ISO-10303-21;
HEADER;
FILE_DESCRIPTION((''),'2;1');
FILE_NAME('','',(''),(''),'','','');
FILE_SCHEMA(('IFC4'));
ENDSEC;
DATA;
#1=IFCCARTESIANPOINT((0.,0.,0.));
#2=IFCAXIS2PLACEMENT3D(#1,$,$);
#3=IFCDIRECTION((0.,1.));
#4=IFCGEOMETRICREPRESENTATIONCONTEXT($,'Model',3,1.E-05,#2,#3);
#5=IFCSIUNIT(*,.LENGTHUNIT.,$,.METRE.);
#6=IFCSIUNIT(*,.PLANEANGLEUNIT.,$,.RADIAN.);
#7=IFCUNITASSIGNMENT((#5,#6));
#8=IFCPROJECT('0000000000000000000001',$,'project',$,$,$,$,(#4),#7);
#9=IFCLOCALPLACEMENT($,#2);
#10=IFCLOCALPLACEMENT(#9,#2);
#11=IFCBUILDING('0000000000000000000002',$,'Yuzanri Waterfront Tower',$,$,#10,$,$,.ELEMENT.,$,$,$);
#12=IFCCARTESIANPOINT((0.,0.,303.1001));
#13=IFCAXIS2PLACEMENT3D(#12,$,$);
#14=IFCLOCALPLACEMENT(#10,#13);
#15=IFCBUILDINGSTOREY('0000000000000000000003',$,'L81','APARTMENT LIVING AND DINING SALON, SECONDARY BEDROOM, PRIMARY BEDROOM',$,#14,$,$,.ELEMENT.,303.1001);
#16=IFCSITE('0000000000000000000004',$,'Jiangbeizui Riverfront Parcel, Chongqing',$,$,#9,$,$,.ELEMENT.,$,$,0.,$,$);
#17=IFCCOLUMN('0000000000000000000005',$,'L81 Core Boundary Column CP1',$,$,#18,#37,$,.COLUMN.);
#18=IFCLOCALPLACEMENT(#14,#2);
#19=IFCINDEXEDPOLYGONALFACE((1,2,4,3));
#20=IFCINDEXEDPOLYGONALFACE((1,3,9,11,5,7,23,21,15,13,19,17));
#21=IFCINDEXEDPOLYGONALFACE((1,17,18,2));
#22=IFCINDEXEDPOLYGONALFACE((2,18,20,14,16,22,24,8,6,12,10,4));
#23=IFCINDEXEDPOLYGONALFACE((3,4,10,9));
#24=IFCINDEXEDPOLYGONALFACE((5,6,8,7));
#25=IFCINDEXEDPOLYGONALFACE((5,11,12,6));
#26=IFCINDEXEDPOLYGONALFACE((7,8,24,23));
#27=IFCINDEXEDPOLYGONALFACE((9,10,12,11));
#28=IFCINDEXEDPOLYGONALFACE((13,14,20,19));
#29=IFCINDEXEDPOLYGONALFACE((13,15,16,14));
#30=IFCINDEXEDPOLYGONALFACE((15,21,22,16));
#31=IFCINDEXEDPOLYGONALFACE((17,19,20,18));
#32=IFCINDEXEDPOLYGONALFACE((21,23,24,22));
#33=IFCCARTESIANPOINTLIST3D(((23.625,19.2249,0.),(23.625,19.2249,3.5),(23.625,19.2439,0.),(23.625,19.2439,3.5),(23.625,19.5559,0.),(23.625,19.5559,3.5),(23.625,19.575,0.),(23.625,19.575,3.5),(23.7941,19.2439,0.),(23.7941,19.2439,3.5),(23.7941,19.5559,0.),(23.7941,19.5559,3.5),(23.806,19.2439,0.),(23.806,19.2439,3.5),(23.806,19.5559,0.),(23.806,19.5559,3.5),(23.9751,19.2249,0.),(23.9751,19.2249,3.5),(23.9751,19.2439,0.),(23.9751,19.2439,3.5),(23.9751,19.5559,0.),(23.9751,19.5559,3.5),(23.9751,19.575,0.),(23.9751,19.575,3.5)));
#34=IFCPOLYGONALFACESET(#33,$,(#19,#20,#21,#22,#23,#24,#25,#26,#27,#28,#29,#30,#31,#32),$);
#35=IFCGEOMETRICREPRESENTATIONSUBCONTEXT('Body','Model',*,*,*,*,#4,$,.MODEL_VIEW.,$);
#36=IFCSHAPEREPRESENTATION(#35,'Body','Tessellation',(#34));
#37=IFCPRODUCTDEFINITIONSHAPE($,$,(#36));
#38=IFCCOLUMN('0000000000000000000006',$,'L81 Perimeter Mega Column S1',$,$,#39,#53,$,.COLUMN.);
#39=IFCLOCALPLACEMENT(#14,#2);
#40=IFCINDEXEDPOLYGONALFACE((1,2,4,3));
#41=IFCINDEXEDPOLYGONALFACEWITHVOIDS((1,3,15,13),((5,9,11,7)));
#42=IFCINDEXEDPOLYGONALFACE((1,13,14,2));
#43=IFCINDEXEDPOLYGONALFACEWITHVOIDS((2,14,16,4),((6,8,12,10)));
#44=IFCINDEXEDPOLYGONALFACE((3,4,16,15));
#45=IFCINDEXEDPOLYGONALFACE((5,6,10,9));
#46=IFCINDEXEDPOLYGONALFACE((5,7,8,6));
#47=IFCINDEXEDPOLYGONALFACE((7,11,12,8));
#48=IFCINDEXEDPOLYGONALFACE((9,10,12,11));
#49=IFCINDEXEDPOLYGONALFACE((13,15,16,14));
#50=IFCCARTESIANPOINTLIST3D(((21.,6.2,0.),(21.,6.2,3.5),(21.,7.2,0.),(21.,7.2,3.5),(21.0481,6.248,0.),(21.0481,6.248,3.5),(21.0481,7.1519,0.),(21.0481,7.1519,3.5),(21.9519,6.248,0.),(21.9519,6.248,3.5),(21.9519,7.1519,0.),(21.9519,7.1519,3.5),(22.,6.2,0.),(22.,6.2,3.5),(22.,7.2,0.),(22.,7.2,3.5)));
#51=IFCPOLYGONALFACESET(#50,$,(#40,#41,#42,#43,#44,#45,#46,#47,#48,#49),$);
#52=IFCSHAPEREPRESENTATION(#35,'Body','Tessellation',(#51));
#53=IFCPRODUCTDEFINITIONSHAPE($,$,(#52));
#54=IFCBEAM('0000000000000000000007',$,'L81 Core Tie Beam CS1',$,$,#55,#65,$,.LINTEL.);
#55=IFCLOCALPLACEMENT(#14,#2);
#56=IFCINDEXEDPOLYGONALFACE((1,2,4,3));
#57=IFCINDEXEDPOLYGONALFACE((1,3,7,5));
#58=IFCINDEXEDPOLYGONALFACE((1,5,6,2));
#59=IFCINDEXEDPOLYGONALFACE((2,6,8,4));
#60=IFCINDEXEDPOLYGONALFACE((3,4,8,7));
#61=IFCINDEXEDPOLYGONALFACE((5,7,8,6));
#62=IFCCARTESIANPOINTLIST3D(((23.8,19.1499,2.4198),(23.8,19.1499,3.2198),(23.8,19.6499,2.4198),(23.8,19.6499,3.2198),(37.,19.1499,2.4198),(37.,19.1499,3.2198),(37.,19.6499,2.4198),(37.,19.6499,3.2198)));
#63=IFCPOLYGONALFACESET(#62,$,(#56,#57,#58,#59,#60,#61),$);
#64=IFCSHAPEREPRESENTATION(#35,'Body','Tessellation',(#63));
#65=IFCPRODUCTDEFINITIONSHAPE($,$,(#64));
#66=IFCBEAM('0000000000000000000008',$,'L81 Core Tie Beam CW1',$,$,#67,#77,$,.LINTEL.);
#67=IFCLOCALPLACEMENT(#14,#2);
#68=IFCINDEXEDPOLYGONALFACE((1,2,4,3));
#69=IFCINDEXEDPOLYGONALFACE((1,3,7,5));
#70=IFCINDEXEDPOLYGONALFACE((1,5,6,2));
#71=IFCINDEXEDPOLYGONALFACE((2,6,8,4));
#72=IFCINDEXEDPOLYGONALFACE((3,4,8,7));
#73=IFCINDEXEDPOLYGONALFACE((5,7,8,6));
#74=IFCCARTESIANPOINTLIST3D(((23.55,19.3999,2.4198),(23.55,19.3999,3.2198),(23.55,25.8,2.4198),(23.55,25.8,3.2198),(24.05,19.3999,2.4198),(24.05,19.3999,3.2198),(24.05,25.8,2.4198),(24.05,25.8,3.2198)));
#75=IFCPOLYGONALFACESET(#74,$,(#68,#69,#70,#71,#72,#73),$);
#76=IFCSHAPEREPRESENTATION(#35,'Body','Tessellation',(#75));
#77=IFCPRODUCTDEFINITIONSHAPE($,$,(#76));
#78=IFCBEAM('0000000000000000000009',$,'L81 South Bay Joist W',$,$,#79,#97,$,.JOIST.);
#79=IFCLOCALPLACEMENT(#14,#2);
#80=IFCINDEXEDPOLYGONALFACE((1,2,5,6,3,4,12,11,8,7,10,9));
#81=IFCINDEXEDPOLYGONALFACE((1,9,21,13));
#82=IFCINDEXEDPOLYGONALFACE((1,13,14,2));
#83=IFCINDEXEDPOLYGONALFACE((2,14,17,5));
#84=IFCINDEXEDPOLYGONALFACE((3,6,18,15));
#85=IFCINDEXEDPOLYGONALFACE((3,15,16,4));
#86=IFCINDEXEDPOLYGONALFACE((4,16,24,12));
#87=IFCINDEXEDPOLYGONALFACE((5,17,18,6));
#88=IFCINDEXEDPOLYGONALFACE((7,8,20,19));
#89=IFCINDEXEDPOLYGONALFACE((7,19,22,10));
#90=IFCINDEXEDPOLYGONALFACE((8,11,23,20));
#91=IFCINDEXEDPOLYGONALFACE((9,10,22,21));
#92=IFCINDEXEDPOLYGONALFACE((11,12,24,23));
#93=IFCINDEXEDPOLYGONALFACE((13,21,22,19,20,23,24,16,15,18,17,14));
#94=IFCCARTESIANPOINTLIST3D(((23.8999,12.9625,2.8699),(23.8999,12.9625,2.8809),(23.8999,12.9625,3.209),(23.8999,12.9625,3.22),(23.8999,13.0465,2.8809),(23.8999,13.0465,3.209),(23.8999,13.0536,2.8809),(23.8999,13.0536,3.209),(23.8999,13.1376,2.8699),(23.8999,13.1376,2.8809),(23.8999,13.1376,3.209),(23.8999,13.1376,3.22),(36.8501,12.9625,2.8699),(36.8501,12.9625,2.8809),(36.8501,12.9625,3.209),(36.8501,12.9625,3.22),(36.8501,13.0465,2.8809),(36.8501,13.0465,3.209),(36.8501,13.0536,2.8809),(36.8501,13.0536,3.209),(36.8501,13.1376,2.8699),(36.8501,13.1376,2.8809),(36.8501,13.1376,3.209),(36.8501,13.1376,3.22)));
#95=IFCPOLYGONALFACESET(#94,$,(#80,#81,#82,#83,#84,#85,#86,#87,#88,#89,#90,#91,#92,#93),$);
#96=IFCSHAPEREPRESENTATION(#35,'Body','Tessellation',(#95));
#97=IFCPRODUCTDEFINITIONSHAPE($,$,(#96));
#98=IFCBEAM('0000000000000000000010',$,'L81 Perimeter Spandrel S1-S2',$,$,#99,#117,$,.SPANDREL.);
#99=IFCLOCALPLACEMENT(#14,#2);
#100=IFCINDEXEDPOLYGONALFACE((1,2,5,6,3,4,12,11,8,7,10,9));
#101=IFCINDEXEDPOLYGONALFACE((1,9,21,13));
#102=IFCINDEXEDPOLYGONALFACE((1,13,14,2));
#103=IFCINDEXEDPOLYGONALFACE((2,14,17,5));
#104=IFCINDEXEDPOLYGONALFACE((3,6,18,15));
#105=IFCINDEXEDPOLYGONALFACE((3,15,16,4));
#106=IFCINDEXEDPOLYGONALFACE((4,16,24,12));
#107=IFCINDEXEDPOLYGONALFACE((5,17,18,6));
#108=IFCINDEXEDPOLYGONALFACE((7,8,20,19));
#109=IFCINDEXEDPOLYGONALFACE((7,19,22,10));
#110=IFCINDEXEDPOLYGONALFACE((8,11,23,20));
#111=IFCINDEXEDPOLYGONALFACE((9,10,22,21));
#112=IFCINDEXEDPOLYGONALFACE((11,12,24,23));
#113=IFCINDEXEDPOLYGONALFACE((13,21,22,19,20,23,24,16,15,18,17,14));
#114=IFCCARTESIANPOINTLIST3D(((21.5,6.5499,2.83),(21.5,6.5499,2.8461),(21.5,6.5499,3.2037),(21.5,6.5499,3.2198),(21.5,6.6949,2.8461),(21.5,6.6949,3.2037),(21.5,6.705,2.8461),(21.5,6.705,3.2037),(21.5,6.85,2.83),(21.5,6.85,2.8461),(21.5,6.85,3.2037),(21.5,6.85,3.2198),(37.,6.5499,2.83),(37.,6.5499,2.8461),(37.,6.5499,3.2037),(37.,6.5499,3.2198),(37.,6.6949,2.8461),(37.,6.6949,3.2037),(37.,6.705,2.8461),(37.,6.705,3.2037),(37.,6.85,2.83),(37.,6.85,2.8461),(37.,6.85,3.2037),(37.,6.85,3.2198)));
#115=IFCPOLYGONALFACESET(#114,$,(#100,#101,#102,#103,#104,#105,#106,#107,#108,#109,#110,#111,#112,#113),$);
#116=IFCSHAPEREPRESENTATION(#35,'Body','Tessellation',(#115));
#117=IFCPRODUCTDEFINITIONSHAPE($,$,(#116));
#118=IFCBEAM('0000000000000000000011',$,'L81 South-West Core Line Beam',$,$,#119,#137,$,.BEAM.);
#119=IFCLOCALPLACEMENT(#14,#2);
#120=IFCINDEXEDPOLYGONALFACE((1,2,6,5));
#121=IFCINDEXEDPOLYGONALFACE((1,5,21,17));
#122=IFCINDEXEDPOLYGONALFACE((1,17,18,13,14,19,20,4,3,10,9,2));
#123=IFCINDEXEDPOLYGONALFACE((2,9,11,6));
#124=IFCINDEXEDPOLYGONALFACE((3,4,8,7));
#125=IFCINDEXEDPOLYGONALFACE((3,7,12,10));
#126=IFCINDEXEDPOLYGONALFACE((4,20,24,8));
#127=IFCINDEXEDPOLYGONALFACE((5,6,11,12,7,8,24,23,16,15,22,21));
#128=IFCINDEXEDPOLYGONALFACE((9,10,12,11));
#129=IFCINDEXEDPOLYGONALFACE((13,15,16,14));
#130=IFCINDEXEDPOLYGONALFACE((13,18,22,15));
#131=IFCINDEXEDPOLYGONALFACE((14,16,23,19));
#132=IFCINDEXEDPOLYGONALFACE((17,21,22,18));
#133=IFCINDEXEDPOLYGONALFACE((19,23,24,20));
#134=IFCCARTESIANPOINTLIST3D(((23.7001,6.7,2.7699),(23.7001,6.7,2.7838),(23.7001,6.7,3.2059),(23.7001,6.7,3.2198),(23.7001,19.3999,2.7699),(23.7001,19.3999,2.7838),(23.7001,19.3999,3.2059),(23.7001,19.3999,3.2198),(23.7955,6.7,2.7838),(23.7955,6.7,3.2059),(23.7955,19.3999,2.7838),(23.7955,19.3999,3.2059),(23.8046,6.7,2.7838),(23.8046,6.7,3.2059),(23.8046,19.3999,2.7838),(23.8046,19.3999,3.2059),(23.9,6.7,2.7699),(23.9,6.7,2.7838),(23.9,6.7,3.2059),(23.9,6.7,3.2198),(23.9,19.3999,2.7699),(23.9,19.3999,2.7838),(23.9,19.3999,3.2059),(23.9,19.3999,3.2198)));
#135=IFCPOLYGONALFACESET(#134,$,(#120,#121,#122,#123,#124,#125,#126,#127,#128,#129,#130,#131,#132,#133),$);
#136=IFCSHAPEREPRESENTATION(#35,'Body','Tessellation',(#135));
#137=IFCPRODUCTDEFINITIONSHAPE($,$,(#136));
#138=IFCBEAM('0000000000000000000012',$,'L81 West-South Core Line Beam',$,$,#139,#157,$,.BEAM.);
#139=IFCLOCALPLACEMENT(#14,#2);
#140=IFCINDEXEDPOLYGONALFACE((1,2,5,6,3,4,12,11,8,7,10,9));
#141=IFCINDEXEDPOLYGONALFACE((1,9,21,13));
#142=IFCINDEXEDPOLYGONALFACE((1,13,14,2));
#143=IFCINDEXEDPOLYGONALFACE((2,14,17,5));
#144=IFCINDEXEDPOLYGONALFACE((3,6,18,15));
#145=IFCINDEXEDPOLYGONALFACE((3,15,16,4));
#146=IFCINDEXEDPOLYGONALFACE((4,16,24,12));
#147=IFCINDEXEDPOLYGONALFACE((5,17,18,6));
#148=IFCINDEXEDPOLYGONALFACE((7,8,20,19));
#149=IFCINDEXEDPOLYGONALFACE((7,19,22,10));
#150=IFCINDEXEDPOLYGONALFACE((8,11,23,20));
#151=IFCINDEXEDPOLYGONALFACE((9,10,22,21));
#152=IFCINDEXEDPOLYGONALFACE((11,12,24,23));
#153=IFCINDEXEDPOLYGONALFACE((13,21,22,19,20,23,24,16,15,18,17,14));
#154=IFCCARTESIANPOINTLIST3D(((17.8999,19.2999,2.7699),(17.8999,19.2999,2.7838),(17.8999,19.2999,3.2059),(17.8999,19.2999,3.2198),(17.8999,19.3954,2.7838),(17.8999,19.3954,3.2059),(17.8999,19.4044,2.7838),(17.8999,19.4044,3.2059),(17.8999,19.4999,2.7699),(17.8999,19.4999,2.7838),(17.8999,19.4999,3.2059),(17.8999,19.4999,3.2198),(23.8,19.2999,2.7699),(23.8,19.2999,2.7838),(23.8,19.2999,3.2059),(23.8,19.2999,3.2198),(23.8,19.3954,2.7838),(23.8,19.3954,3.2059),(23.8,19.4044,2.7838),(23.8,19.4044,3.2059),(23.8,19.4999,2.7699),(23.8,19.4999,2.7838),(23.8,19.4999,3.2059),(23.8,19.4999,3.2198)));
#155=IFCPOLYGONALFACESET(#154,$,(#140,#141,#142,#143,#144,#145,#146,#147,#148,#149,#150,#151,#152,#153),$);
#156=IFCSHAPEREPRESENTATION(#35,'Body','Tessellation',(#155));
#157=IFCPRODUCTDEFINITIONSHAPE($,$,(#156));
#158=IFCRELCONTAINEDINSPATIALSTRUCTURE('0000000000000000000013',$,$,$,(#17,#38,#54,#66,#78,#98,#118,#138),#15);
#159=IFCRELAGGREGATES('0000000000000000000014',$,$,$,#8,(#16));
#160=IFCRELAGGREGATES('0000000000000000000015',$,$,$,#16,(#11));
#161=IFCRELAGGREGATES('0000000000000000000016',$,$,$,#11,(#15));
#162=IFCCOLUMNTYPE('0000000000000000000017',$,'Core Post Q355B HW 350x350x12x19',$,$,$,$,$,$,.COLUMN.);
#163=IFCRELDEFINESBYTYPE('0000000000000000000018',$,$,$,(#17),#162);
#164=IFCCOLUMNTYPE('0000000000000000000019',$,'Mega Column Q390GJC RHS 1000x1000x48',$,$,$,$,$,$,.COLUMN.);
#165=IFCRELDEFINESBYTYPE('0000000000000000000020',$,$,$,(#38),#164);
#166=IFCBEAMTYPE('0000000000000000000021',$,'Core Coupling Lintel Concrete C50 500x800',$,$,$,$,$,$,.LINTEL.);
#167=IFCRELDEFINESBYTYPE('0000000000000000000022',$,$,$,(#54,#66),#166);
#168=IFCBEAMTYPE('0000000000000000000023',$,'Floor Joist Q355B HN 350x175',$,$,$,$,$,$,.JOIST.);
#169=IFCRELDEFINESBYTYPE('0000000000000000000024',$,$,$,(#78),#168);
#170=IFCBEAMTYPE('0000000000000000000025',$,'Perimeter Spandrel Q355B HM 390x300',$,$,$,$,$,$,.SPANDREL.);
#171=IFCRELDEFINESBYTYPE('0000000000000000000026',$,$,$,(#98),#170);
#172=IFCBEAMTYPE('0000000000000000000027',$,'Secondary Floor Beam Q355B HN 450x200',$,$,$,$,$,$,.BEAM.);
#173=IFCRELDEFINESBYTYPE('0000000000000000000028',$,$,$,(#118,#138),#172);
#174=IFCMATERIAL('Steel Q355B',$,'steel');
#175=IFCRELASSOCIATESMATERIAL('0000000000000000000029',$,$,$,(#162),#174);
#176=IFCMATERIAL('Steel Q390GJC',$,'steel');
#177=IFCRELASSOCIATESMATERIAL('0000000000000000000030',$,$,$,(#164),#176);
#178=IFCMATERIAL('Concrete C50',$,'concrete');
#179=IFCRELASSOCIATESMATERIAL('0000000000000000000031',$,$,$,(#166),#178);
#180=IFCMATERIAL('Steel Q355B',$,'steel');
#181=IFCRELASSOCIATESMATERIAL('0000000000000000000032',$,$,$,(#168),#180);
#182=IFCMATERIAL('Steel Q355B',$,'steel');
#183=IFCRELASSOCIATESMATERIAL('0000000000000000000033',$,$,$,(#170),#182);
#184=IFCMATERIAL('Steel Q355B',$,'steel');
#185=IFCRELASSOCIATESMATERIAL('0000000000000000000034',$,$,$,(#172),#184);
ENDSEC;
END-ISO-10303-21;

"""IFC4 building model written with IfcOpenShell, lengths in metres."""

from ifc_helpers import new_model, si_unit, direction, frame, origin, origin_2d, place, context, subcontext, project, spatial, rectangle, hollow_rectangle, i_section, extrude, source, transform, mapped, material, material_profile, profile_set, type_object, element, save


model = new_model("IFC4")

# Units and contexts
model_context = context("Model", 3, precision=1e-05, world=origin(), true_north=direction((0.0, 1.0)))
body_context = subcontext(model_context, "Body", "Model", "MODEL_VIEW")
ifc_project = project(units=[si_unit("LENGTHUNIT", "METRE"), si_unit("PLANEANGLEUNIT", "RADIAN")], contexts=[model_context])

# Site, building, storey
site_placement = place(None, origin())
site = spatial("IfcSite", under=ifc_project, at=site_placement, Name="Jiangbeizui Riverfront Parcel, Chongqing", CompositionType="ELEMENT", RefElevation=0.0)
building_placement = place(site_placement, origin())
building = spatial("IfcBuilding", under=site, at=building_placement, Name="Yuzanri Waterfront Tower", CompositionType="ELEMENT")
storey_placement = place(building_placement, frame((0.0, 0.0, 303.1001)))
storey = spatial("IfcBuildingStorey", under=building, at=storey_placement, Name="L81", Description="APARTMENT LIVING AND DINING SALON, SECONDARY BEDROOM, PRIMARY BEDROOM", CompositionType="ELEMENT", Elevation=303.1001)

# Columns
ifc_material_1 = material(Name="Steel Q355B", Category="steel")
ifc_material_profile_1 = material_profile(ifc_material_1, i_section(OverallWidth=0.3501, OverallDepth=0.3501, WebThickness=0.012, FlangeThickness=0.019, at=origin_2d()), Name="HW 350x350x12x19")
ifc_profile_set_1 = profile_set([ifc_material_profile_1], Name="Steel Q355B")
column_type_1 = type_object("IfcColumnType", Name="Core Post Q355B HW 350x350x12x19", PredefinedType="COLUMN", material=ifc_profile_set_1)
shared_shape_1 = source(origin(), body_context, "Body", "SweptSolid", [
    extrude(i_section(OverallWidth=0.3501, OverallDepth=0.3501, WebThickness=0.012, FlangeThickness=0.019, at=origin_2d()), origin(), (0.0, 0.0, 1.0), 3.5),
])
column_1_placement = place(storey_placement, frame((23.8, 19.3999, 0.0), z_axis=(0.0, 0.0, 1.0), x_axis=(1.0, 0.0, 0.0)))
element("IfcColumn", 1, at=column_1_placement, inside=storey, type_object=column_type_1, Name="L81 Core Boundary Column CP1", PredefinedType="COLUMN", context=body_context, shape_type="MappedRepresentation", body=[
    mapped(shared_shape_1, transform((0.0, 0.0, 0.0), scale=1.0)),
])
ifc_material_2 = material(Name="Steel Q390GJC", Category="steel")
ifc_material_profile_2 = material_profile(ifc_material_2, hollow_rectangle(XDim=1.0, YDim=1.0, WallThickness=0.0481, at=origin_2d()), Name="RHS 1000x1000x48")
ifc_profile_set_2 = profile_set([ifc_material_profile_2], Name="Steel Q390GJC")
column_type_2 = type_object("IfcColumnType", Name="Mega Column Q390GJC RHS 1000x1000x48", PredefinedType="COLUMN", material=ifc_profile_set_2)
shared_shape_2 = source(origin(), body_context, "Body", "SweptSolid", [
    extrude(hollow_rectangle(XDim=1.0, YDim=1.0, WallThickness=0.0481, at=origin_2d()), origin(), (0.0, 0.0, 1.0), 3.5),
])
column_2_placement = place(storey_placement, frame((21.5, 6.7, 0.0), z_axis=(0.0, 0.0, 1.0), x_axis=(1.0, 0.0, 0.0)))
element("IfcColumn", 2, at=column_2_placement, inside=storey, type_object=column_type_2, Name="L81 Perimeter Mega Column S1", PredefinedType="COLUMN", context=body_context, shape_type="MappedRepresentation", body=[
    mapped(shared_shape_2, transform((0.0, 0.0, 0.0), scale=1.0)),
])

# Beams
ifc_material_3 = material(Name="Concrete C50", Category="concrete")
ifc_material_profile_3 = material_profile(ifc_material_3, rectangle(XDim=0.5, YDim=0.8, at=origin_2d()), Name="RC 500x800")
ifc_profile_set_3 = profile_set([ifc_material_profile_3], Name="Concrete C50")
beam_type_1 = type_object("IfcBeamType", Name="Core Coupling Lintel Concrete C50 500x800", PredefinedType="LINTEL", material=ifc_profile_set_3)
shared_shape_3 = source(origin(), body_context, "Body", "SweptSolid", [
    extrude(rectangle(XDim=0.5, YDim=0.8, at=origin_2d()), origin(), (0.0, 0.0, 1.0), 13.2),
])
beam_1_placement = place(storey_placement, frame((23.8, 19.3999, 2.8198), z_axis=(1.0, 0.0, 0.0), x_axis=(0.0, 1.0, 0.0)))
element("IfcBeam", 3, at=beam_1_placement, inside=storey, type_object=beam_type_1, Name="L81 Core Tie Beam CS1", PredefinedType="LINTEL", context=body_context, shape_type="MappedRepresentation", body=[
    mapped(shared_shape_3, transform((0.0, 0.0, 0.0), scale=1.0)),
])
shared_shape_4 = source(origin(), body_context, "Body", "SweptSolid", [
    extrude(rectangle(XDim=0.5, YDim=0.8, at=origin_2d()), origin(), (0.0, 0.0, 1.0), 6.4001),
])
beam_2_placement = place(storey_placement, frame((23.8, 19.3999, 2.8198), z_axis=(0.0, 1.0, 0.0), x_axis=(-1.0, 0.0, 0.0)))
element("IfcBeam", 4, at=beam_2_placement, inside=storey, type_object=beam_type_1, Name="L81 Core Tie Beam CW1", PredefinedType="LINTEL", context=body_context, shape_type="MappedRepresentation", body=[
    mapped(shared_shape_4, transform((0.0, 0.0, 0.0), scale=1.0)),
])
ifc_material_4 = material(Name="Steel Q355B", Category="steel")
ifc_material_profile_4 = material_profile(ifc_material_4, i_section(OverallWidth=0.175, OverallDepth=0.3501, WebThickness=0.0071, FlangeThickness=0.011, at=origin_2d()), Name="HN 350x175x7x11")
ifc_profile_set_4 = profile_set([ifc_material_profile_4], Name="Steel Q355B")
beam_type_2 = type_object("IfcBeamType", Name="Floor Joist Q355B HN 350x175", PredefinedType="JOIST", material=ifc_profile_set_4)
shared_shape_5 = source(origin(), body_context, "Body", "SweptSolid", [
    extrude(i_section(OverallWidth=0.175, OverallDepth=0.3501, WebThickness=0.0071, FlangeThickness=0.011, at=origin_2d()), origin(), (0.0, 0.0, 1.0), 12.9502),
])
beam_3_placement = place(storey_placement, frame((23.8999, 13.05, 3.0449), z_axis=(1.0, 0.0, 0.0), x_axis=(0.0, 1.0, 0.0)))
element("IfcBeam", 5, at=beam_3_placement, inside=storey, type_object=beam_type_2, Name="L81 South Bay Joist W", PredefinedType="JOIST", context=body_context, shape_type="MappedRepresentation", body=[
    mapped(shared_shape_5, transform((0.0, 0.0, 0.0), scale=1.0)),
])
ifc_material_5 = material(Name="Steel Q355B", Category="steel")
ifc_material_profile_5 = material_profile(ifc_material_5, i_section(OverallWidth=0.3, OverallDepth=0.3899, WebThickness=0.01, FlangeThickness=0.0161, at=origin_2d()), Name="HM 390x300x10x16")
ifc_profile_set_5 = profile_set([ifc_material_profile_5], Name="Steel Q355B")
beam_type_3 = type_object("IfcBeamType", Name="Perimeter Spandrel Q355B HM 390x300", PredefinedType="SPANDREL", material=ifc_profile_set_5)
shared_shape_6 = source(origin(), body_context, "Body", "SweptSolid", [
    extrude(i_section(OverallWidth=0.3, OverallDepth=0.3899, WebThickness=0.01, FlangeThickness=0.0161, at=origin_2d()), origin(), (0.0, 0.0, 1.0), 15.5),
])
beam_4_placement = place(storey_placement, frame((21.5, 6.7, 3.0249), z_axis=(1.0, 0.0, 0.0), x_axis=(0.0, 1.0, 0.0)))
element("IfcBeam", 6, at=beam_4_placement, inside=storey, type_object=beam_type_3, Name="L81 Perimeter Spandrel S1-S2", PredefinedType="SPANDREL", context=body_context, shape_type="MappedRepresentation", body=[
    mapped(shared_shape_6, transform((0.0, 0.0, 0.0), scale=1.0)),
])
ifc_material_6 = material(Name="Steel Q355B", Category="steel")
ifc_material_profile_6 = material_profile(ifc_material_6, i_section(OverallWidth=0.2, OverallDepth=0.45, WebThickness=0.009, FlangeThickness=0.0139, at=origin_2d()), Name="HN 450x200x9x14")
ifc_profile_set_6 = profile_set([ifc_material_profile_6], Name="Steel Q355B")
beam_type_4 = type_object("IfcBeamType", Name="Secondary Floor Beam Q355B HN 450x200", PredefinedType="BEAM", material=ifc_profile_set_6)
shared_shape_7 = source(origin(), body_context, "Body", "SweptSolid", [
    extrude(i_section(OverallWidth=0.2, OverallDepth=0.45, WebThickness=0.009, FlangeThickness=0.0139, at=origin_2d()), origin(), (0.0, 0.0, 1.0), 12.7),
])
beam_5_placement = place(storey_placement, frame((23.8, 19.3999, 2.9949), z_axis=(0.0, -1.0, 0.0), x_axis=(1.0, 0.0, 0.0)))
element("IfcBeam", 7, at=beam_5_placement, inside=storey, type_object=beam_type_4, Name="L81 South-West Core Line Beam", PredefinedType="BEAM", context=body_context, shape_type="MappedRepresentation", body=[
    mapped(shared_shape_7, transform((0.0, 0.0, 0.0), scale=1.0)),
])
shared_shape_8 = source(origin(), body_context, "Body", "SweptSolid", [
    extrude(i_section(OverallWidth=0.2, OverallDepth=0.45, WebThickness=0.009, FlangeThickness=0.0139, at=origin_2d()), origin(), (0.0, 0.0, 1.0), 5.9001),
])
beam_6_placement = place(storey_placement, frame((23.8, 19.3999, 2.9949), z_axis=(-1.0, 0.0, 0.0), x_axis=(0.0, -1.0, 0.0)))
element("IfcBeam", 8, at=beam_6_placement, inside=storey, type_object=beam_type_4, Name="L81 West-South Core Line Beam", PredefinedType="BEAM", context=body_context, shape_type="MappedRepresentation", body=[
    mapped(shared_shape_8, transform((0.0, 0.0, 0.0), scale=1.0)),
])

save(model, "model.ifc")
